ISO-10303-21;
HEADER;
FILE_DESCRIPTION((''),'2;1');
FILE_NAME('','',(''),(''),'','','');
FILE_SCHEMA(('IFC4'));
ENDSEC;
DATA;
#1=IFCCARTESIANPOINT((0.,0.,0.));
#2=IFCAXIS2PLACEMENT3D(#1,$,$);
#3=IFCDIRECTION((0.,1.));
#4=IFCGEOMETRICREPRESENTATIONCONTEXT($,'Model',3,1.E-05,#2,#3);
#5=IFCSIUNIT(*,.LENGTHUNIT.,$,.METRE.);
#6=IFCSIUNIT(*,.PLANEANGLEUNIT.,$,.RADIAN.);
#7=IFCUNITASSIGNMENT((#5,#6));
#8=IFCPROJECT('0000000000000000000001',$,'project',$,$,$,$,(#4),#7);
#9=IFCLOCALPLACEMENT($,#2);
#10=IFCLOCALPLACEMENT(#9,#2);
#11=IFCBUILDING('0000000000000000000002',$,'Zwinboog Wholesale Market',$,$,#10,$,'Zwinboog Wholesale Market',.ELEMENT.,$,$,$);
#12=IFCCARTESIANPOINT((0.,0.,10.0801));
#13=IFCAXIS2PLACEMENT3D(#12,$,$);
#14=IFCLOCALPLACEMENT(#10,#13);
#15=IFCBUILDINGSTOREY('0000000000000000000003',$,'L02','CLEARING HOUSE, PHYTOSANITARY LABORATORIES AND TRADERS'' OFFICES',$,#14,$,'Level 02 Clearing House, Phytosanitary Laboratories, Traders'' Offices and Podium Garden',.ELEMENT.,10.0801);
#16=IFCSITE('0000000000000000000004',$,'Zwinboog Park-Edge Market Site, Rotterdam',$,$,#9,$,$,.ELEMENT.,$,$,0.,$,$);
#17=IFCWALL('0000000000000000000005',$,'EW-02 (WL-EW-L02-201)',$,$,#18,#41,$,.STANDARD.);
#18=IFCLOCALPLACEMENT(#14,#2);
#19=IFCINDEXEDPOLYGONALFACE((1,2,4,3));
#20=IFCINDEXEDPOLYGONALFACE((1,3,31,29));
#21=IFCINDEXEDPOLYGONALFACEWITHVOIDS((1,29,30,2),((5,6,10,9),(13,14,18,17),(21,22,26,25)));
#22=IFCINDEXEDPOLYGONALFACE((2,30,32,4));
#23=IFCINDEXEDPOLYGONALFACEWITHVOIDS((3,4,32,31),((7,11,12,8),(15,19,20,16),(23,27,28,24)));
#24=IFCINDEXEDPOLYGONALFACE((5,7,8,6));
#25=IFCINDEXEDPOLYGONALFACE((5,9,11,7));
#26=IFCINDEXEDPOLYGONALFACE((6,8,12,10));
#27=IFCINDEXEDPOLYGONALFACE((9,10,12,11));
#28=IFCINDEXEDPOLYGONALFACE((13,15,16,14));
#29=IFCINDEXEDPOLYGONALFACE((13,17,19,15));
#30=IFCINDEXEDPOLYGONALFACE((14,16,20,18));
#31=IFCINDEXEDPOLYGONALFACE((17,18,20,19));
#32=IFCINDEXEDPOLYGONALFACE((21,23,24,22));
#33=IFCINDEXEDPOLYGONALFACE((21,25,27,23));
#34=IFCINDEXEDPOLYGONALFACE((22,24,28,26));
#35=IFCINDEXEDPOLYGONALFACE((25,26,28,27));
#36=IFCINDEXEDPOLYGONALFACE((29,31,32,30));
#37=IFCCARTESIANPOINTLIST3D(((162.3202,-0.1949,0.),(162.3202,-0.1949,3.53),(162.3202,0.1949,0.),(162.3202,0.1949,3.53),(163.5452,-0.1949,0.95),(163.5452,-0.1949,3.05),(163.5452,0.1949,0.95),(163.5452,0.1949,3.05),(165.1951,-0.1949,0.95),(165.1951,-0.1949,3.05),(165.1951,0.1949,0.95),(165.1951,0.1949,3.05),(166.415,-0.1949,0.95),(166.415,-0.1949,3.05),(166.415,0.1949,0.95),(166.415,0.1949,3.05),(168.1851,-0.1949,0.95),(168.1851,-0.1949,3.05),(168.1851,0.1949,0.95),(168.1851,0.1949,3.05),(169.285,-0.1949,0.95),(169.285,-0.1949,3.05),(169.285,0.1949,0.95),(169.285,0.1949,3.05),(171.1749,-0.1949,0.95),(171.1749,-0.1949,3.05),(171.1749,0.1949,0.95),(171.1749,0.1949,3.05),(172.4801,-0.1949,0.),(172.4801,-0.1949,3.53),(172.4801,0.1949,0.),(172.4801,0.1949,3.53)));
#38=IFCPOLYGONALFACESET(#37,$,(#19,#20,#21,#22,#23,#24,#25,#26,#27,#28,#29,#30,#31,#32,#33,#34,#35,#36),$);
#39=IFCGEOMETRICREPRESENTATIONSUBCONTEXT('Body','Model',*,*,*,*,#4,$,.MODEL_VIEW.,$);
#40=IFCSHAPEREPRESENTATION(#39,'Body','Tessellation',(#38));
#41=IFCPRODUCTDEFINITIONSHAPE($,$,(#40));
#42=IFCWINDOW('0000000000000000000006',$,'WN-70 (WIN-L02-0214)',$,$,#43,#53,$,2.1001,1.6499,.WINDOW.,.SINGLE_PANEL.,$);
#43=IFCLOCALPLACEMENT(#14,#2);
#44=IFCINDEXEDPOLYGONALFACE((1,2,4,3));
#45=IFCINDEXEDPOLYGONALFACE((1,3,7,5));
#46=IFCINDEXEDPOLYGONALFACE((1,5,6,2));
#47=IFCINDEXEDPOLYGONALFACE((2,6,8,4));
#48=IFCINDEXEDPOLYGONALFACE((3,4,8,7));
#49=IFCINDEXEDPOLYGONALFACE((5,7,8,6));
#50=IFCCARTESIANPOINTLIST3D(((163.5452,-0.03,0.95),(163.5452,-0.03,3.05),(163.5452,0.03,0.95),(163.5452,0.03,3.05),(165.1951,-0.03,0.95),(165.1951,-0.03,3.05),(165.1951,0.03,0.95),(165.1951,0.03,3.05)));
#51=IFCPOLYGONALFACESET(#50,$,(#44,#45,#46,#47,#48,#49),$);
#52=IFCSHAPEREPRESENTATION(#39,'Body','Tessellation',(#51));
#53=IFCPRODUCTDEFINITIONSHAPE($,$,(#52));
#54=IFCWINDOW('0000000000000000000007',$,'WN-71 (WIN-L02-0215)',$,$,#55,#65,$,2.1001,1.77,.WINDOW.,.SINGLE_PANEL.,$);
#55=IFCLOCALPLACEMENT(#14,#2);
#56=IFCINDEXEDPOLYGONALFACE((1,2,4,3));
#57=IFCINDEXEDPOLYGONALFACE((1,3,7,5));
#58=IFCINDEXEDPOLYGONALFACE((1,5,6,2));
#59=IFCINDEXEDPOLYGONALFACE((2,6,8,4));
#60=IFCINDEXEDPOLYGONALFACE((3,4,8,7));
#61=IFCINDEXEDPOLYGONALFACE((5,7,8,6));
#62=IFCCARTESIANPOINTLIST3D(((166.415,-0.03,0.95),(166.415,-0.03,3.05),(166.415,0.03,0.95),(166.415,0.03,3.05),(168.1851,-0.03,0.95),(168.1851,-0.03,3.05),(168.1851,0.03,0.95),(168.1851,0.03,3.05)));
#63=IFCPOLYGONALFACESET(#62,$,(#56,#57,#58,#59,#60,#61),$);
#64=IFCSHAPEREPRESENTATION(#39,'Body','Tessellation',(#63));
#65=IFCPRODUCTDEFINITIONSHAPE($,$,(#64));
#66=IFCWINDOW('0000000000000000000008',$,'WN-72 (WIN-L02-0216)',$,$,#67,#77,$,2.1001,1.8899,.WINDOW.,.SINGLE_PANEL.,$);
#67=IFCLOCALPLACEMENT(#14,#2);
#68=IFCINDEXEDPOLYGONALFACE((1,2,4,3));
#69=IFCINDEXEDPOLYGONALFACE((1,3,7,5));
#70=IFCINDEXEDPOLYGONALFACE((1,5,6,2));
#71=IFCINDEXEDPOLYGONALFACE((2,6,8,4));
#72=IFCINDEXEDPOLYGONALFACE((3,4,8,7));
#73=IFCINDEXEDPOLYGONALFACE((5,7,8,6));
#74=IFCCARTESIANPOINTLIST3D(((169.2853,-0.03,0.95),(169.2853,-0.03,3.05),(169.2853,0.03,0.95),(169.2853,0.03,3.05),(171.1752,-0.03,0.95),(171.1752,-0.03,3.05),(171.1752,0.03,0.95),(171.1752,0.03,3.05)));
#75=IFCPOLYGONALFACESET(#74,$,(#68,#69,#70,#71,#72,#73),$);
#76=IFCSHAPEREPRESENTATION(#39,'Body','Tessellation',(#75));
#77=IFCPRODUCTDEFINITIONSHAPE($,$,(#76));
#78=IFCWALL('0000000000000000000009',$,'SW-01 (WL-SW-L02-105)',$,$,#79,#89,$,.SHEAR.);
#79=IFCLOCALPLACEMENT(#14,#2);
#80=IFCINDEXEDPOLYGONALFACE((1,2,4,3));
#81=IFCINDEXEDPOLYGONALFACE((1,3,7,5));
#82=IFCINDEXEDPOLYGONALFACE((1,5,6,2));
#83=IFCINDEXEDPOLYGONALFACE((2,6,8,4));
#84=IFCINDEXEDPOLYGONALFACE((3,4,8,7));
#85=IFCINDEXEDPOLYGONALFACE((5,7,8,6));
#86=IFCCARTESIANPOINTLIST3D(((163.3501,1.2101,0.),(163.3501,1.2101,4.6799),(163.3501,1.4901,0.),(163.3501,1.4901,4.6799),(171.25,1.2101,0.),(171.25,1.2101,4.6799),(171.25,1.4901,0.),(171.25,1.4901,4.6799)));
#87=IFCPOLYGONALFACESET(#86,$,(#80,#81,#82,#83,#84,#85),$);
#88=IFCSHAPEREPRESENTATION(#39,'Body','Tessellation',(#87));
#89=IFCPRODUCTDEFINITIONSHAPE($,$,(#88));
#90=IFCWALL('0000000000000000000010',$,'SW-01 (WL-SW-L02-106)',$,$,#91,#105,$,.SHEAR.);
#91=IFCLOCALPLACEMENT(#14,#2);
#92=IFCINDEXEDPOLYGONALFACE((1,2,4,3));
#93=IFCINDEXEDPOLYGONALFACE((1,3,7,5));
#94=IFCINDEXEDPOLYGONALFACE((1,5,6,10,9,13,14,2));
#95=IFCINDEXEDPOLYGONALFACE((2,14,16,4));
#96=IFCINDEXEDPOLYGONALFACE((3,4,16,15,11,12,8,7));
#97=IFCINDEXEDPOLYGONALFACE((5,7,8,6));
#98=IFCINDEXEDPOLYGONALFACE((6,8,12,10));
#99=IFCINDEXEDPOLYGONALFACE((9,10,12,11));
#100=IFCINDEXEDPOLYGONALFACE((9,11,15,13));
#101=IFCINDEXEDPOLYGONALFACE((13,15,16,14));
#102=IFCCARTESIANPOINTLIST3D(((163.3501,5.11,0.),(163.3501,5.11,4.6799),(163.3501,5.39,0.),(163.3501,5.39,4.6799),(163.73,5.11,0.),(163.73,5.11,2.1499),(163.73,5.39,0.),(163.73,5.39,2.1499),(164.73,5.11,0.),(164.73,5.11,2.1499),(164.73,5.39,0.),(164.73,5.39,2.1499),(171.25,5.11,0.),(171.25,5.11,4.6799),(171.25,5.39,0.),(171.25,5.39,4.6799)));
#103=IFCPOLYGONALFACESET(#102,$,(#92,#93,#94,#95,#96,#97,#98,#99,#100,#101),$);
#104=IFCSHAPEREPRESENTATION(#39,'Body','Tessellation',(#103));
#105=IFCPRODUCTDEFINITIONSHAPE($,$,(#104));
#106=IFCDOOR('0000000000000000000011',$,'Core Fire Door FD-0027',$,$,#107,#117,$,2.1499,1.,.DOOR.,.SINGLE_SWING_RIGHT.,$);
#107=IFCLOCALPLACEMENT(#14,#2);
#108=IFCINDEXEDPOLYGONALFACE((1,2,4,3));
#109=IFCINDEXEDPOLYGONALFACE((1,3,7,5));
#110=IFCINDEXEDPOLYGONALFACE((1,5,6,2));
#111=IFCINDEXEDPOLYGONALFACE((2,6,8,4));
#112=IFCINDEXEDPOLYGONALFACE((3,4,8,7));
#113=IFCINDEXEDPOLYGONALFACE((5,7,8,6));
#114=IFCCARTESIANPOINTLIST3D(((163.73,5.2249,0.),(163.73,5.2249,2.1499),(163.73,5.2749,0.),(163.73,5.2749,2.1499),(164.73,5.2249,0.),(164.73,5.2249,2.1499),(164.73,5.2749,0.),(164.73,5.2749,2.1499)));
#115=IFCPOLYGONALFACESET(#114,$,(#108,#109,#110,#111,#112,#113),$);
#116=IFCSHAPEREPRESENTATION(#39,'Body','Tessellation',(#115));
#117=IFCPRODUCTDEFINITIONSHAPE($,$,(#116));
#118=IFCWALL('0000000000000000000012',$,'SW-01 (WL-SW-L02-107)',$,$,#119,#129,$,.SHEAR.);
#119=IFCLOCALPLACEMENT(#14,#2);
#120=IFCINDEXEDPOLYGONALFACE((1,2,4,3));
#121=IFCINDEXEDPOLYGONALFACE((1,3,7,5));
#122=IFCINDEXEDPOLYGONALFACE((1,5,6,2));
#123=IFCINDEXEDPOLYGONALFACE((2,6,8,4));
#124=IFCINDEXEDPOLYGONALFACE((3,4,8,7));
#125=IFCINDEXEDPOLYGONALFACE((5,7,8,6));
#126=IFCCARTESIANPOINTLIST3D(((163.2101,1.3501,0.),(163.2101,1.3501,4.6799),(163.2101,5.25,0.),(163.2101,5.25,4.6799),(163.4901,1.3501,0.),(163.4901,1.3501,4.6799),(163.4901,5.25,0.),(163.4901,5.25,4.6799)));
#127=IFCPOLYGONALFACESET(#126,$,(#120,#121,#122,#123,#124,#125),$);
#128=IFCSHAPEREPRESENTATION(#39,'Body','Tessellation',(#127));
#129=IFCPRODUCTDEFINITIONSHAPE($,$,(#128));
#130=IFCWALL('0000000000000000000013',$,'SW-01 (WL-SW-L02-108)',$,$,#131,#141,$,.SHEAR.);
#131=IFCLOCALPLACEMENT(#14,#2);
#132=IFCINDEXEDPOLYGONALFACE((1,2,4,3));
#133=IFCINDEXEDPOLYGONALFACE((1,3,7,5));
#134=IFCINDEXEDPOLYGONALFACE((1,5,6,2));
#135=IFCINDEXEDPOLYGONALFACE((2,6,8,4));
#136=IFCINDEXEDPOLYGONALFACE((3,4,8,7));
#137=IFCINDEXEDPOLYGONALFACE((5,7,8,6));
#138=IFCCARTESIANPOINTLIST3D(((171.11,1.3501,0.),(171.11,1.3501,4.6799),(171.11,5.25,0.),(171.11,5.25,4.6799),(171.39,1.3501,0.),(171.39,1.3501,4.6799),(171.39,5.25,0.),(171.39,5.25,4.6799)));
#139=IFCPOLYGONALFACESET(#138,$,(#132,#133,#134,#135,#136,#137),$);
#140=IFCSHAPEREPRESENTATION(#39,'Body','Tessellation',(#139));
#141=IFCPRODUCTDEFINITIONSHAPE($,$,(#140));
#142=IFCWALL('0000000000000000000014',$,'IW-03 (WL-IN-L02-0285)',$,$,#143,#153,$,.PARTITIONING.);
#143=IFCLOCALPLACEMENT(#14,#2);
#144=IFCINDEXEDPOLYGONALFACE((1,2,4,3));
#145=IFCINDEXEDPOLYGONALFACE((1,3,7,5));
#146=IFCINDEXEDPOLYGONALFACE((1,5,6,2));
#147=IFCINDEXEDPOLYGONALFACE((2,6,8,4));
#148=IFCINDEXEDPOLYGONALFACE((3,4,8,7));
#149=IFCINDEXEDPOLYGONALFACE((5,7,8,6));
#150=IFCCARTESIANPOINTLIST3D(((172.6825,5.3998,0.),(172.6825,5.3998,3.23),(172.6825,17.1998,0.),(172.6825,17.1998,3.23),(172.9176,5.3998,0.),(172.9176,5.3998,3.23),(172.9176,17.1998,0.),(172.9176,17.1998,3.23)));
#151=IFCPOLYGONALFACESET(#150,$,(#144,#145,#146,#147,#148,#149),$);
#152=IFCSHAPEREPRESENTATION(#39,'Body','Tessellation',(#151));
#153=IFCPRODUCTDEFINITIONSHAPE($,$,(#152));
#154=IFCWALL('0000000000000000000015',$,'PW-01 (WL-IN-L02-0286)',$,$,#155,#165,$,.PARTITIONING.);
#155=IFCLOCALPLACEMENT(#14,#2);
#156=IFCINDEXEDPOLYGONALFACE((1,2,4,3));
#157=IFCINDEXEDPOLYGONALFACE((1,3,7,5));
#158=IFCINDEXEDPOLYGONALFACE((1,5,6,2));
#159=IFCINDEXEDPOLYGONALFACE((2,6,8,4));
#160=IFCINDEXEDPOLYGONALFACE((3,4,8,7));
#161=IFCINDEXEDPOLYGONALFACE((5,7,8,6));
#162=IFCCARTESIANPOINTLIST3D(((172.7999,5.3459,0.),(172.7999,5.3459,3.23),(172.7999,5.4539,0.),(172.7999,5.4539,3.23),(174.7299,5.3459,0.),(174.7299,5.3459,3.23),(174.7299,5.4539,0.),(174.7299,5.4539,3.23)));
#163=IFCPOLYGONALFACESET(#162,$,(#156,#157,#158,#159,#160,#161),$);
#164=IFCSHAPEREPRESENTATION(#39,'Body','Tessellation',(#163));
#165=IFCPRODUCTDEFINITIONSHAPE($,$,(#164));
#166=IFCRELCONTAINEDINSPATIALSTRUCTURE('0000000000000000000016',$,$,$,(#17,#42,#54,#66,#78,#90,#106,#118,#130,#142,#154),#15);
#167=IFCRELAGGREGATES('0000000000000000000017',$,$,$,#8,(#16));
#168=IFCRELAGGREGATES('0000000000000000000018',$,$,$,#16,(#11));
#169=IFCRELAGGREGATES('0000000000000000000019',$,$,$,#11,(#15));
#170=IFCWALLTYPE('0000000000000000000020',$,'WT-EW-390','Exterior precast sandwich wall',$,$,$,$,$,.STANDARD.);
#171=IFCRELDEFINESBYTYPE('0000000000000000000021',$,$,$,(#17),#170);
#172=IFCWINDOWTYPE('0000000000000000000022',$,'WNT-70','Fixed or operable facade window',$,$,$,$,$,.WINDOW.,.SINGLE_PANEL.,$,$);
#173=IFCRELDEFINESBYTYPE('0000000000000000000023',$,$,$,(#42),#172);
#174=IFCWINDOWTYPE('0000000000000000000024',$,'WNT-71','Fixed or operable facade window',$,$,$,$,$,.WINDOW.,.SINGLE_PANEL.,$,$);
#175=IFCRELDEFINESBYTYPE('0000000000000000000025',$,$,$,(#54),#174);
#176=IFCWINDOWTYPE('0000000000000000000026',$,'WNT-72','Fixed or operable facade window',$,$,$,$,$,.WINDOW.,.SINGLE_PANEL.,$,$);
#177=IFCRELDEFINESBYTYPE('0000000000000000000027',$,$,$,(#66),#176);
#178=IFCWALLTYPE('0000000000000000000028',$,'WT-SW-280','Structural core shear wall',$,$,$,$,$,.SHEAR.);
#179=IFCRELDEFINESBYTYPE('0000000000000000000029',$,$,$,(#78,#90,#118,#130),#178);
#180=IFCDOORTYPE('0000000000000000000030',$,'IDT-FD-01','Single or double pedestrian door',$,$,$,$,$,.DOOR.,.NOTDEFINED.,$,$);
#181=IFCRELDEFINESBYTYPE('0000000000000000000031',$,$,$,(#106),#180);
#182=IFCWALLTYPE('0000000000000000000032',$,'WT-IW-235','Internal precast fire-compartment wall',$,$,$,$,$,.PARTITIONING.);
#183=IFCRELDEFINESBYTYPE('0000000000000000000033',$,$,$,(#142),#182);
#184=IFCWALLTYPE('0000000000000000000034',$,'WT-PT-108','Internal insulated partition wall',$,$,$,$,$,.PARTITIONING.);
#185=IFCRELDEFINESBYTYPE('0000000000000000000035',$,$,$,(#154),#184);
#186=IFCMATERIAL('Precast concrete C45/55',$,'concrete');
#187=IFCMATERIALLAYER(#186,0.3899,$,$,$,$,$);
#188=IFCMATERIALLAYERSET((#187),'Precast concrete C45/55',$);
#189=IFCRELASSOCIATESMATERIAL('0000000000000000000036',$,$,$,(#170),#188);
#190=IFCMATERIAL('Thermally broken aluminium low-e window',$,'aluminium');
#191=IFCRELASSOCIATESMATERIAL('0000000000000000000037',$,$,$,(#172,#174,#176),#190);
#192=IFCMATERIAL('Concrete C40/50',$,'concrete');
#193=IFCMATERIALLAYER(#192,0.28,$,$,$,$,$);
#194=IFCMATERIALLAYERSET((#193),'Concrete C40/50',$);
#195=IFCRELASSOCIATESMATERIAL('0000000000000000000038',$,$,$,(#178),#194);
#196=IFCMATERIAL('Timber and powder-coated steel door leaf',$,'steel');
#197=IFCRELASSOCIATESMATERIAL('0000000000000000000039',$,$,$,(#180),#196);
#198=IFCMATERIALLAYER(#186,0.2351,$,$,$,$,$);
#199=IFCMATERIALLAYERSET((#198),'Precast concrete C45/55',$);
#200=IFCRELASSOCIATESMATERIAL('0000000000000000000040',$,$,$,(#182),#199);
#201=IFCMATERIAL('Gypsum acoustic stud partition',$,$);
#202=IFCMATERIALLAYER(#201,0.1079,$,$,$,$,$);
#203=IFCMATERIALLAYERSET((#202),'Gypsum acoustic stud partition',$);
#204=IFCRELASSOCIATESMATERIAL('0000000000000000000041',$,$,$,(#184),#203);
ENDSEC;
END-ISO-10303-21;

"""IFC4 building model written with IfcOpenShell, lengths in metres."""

from ifc_helpers import new_model, si_unit, direction, frame, frame_2d, origin, place, context, subcontext, project, spatial, rectangle, extrude, material, layer, layer_set, type_object, element, fill, save


model = new_model("IFC4")

# Units and contexts
model_context = context("Model", 3, precision=1e-05, world=origin(), true_north=direction((0.0, 1.0)))
body_context = subcontext(model_context, "Body", "Model", "MODEL_VIEW")
ifc_project = project(units=[si_unit("LENGTHUNIT", "METRE"), si_unit("PLANEANGLEUNIT", "RADIAN")], contexts=[model_context])

# Site, building, storey
site_placement = place(None, origin())
site = spatial("IfcSite", under=ifc_project, at=site_placement, Name="Zwinboog Park-Edge Market Site, Rotterdam", CompositionType="ELEMENT", RefElevation=0.0)
building_placement = place(site_placement, origin())
building = spatial("IfcBuilding", under=site, at=building_placement, Name="Zwinboog Wholesale Market", LongName="Zwinboog Wholesale Market", CompositionType="ELEMENT")
storey_placement = place(building_placement, frame((0.0, 0.0, 10.0801)))
storey = spatial("IfcBuildingStorey", under=building, at=storey_placement, Name="L02", Description="CLEARING HOUSE, PHYTOSANITARY LABORATORIES AND TRADERS' OFFICES", LongName="Level 02 Clearing House, Phytosanitary Laboratories, Traders' Offices and Podium Garden", CompositionType="ELEMENT", Elevation=10.0801)

# Shared definitions
ifc_material_1 = material(Name="Precast concrete C45/55", Category="concrete")

# Wall, openings, windows
ifc_layer_1 = layer(ifc_material_1, 0.3899)
ifc_layer_set_1 = layer_set([ifc_layer_1], Name="Precast concrete C45/55")
wall_type_1 = type_object("IfcWallType", Name="WT-EW-390", Description="Exterior precast sandwich wall", PredefinedType="STANDARD", material=ifc_layer_set_1)
wall_1_placement = place(storey_placement, frame((162.3201, 0.0, 0.0), z_axis=(0.0, 0.0, 1.0), x_axis=(1.0, 0.0, 0.0)))
wall_1 = element("IfcWall", 1, at=wall_1_placement, inside=storey, type_object=wall_type_1, Name="EW-02 (WL-EW-L02-201)", PredefinedType="STANDARD", context=body_context, shape_type="SweptSolid", body=[
    extrude(rectangle(XDim=10.1599, YDim=0.3899, at=frame_2d((5.0801, 0.0))), origin(), (0.0, 0.0, 1.0), 3.53),
])
opening_1_placement = place(wall_1_placement, frame((1.2251, 0.0, 0.95)))
opening_1 = element("IfcOpeningElement", 2, at=opening_1_placement, cuts=wall_1, PredefinedType="OPENING", context=body_context, shape_type="SweptSolid", body=[
    extrude(rectangle(XDim=1.6499, YDim=2.1001, at=frame_2d((0.825, 1.05))), frame((0.0, 0.2048, 0.0), z_axis=(0.0, -1.0, 0.0), x_axis=(1.0, 0.0, 0.0)), (0.0, 0.0, 1.0), 0.4099),
])
opening_2_placement = place(wall_1_placement, frame((4.095, 0.0, 0.95)))
opening_2 = element("IfcOpeningElement", 3, at=opening_2_placement, cuts=wall_1, PredefinedType="OPENING", context=body_context, shape_type="SweptSolid", body=[
    extrude(rectangle(XDim=1.77, YDim=2.1001, at=frame_2d((0.885, 1.05))), frame((0.0, 0.2048, 0.0), z_axis=(0.0, -1.0, 0.0), x_axis=(1.0, 0.0, 0.0)), (0.0, 0.0, 1.0), 0.4099),
])
opening_3_placement = place(wall_1_placement, frame((6.9651, 0.0, 0.95)))
opening_3 = element("IfcOpeningElement", 4, at=opening_3_placement, cuts=wall_1, PredefinedType="OPENING", context=body_context, shape_type="SweptSolid", body=[
    extrude(rectangle(XDim=1.8899, YDim=2.1001, at=frame_2d((0.9448, 1.05))), frame((0.0, 0.2048, 0.0), z_axis=(0.0, -1.0, 0.0), x_axis=(1.0, 0.0, 0.0)), (0.0, 0.0, 1.0), 0.4099),
])
ifc_material_2 = material(Name="Thermally broken aluminium low-e window", Category="aluminium")
window_type_1 = type_object("IfcWindowType", Name="WNT-70", Description="Fixed or operable facade window", PartitioningType="SINGLE_PANEL", PredefinedType="WINDOW", material=ifc_material_2)
window_1_placement = place(opening_1_placement, frame((1.6499, 0.0, 0.0), z_axis=(0.0, 0.0, 1.0), x_axis=(-1.0, 0.0, 0.0)))
window_1 = element("IfcWindow", 5, at=window_1_placement, inside=storey, type_object=window_type_1, Name="WN-70 (WIN-L02-0214)", OverallHeight=2.1001, OverallWidth=1.6499, PartitioningType="SINGLE_PANEL", PredefinedType="WINDOW", context=body_context, shape_type="SweptSolid", body=[
    extrude(rectangle(XDim=1.6499, YDim=2.1001, at=frame_2d((0.825, 1.05))), frame((0.0, 0.03, 0.0), z_axis=(0.0, -1.0, 0.0), x_axis=(1.0, 0.0, 0.0)), (0.0, 0.0, 1.0), 0.0601),
])
fill(opening_1, window_1)
window_type_2 = type_object("IfcWindowType", Name="WNT-71", Description="Fixed or operable facade window", PartitioningType="SINGLE_PANEL", PredefinedType="WINDOW", material=ifc_material_2)
window_2_placement = place(opening_2_placement, frame((1.77, 0.0, 0.0), z_axis=(0.0, 0.0, 1.0), x_axis=(-1.0, 0.0, 0.0)))
window_2 = element("IfcWindow", 6, at=window_2_placement, inside=storey, type_object=window_type_2, Name="WN-71 (WIN-L02-0215)", OverallHeight=2.1001, OverallWidth=1.77, PartitioningType="SINGLE_PANEL", PredefinedType="WINDOW", context=body_context, shape_type="SweptSolid", body=[
    extrude(rectangle(XDim=1.77, YDim=2.1001, at=frame_2d((0.885, 1.05))), frame((0.0, 0.03, 0.0), z_axis=(0.0, -1.0, 0.0), x_axis=(1.0, 0.0, 0.0)), (0.0, 0.0, 1.0), 0.0601),
])
fill(opening_2, window_2)
window_type_3 = type_object("IfcWindowType", Name="WNT-72", Description="Fixed or operable facade window", PartitioningType="SINGLE_PANEL", PredefinedType="WINDOW", material=ifc_material_2)
window_3_placement = place(opening_3_placement, frame((1.8899, 0.0, 0.0), z_axis=(0.0, 0.0, 1.0), x_axis=(-1.0, 0.0, 0.0)))
window_3 = element("IfcWindow", 7, at=window_3_placement, inside=storey, type_object=window_type_3, Name="WN-72 (WIN-L02-0216)", OverallHeight=2.1001, OverallWidth=1.8899, PartitioningType="SINGLE_PANEL", PredefinedType="WINDOW", context=body_context, shape_type="SweptSolid", body=[
    extrude(rectangle(XDim=1.8899, YDim=2.1001, at=frame_2d((0.9448, 1.05))), frame((0.0, 0.03, 0.0), z_axis=(0.0, -1.0, 0.0), x_axis=(1.0, 0.0, 0.0)), (0.0, 0.0, 1.0), 0.0601),
])
fill(opening_3, window_3)

# Wall
ifc_material_3 = material(Name="Concrete C40/50", Category="concrete")
ifc_layer_2 = layer(ifc_material_3, 0.28)
ifc_layer_set_2 = layer_set([ifc_layer_2], Name="Concrete C40/50")
wall_type_2 = type_object("IfcWallType", Name="WT-SW-280", Description="Structural core shear wall", PredefinedType="SHEAR", material=ifc_layer_set_2)
wall_2_placement = place(storey_placement, frame((163.3501, 1.3501, 0.0), z_axis=(0.0, 0.0, 1.0), x_axis=(1.0, 0.0, 0.0)))
element("IfcWall", 8, at=wall_2_placement, inside=storey, type_object=wall_type_2, Name="SW-01 (WL-SW-L02-105)", PredefinedType="SHEAR", context=body_context, shape_type="SweptSolid", body=[
    extrude(rectangle(XDim=7.8999, YDim=0.28, at=frame_2d((3.95, 0.0))), origin(), (0.0, 0.0, 1.0), 4.6799),
])

# Wall, opening, door
wall_3_placement = place(storey_placement, frame((163.3501, 5.25, 0.0), z_axis=(0.0, 0.0, 1.0), x_axis=(1.0, 0.0, 0.0)))
wall_3 = element("IfcWall", 9, at=wall_3_placement, inside=storey, type_object=wall_type_2, Name="SW-01 (WL-SW-L02-106)", PredefinedType="SHEAR", context=body_context, shape_type="SweptSolid", body=[
    extrude(rectangle(XDim=7.8999, YDim=0.28, at=frame_2d((3.95, 0.0))), origin(), (0.0, 0.0, 1.0), 4.6799),
])
opening_4_placement = place(wall_3_placement, frame((0.3799, 0.0, 0.0)))
opening_4 = element("IfcOpeningElement", 10, at=opening_4_placement, cuts=wall_3, PredefinedType="OPENING", context=body_context, shape_type="SweptSolid", body=[
    extrude(rectangle(XDim=1.0, YDim=2.1499, at=frame_2d((0.5, 1.075))), frame((0.0, 0.1499, 0.0), z_axis=(0.0, -1.0, 0.0), x_axis=(1.0, 0.0, 0.0)), (0.0, 0.0, 1.0), 0.3),
])
ifc_material_4 = material(Name="Timber and powder-coated steel door leaf", Category="steel")
door_type = type_object("IfcDoorType", Name="IDT-FD-01", Description="Single or double pedestrian door", OperationType="NOTDEFINED", PredefinedType="DOOR", material=ifc_material_4)
door_1_placement = place(opening_4_placement, origin())
door_1 = element("IfcDoor", 11, at=door_1_placement, inside=storey, type_object=door_type, Name="Core Fire Door FD-0027", OperationType="SINGLE_SWING_RIGHT", OverallHeight=2.1499, OverallWidth=1.0, PredefinedType="DOOR", context=body_context, shape_type="SweptSolid", body=[
    extrude(rectangle(XDim=1.0, YDim=2.1499, at=frame_2d((0.5, 1.075))), frame((0.0, 0.0249, 0.0), z_axis=(0.0, -1.0, 0.0), x_axis=(1.0, 0.0, 0.0)), (0.0, 0.0, 1.0), 0.05),
])
fill(opening_4, door_1)

# Walls
for number, where, z_axis, x_axis, name in (
    (12, (163.3501, 1.3501, 0.0), (0.0, 0.0, 1.0), (0.0, 1.0, 0.0), "SW-01 (WL-SW-L02-107)"),
    (13, (171.25, 1.3501, 0.0), (0.0, 0.0, 1.0), (0.0, 1.0, 0.0), "SW-01 (WL-SW-L02-108)"),
):
    element("IfcWall", number, at=place(storey_placement, frame(where, z_axis=z_axis, x_axis=x_axis)), inside=storey, type_object=wall_type_2, Name=name, PredefinedType="SHEAR", context=body_context, shape_type="SweptSolid", body=[
        extrude(rectangle(XDim=3.8999, YDim=0.28, at=frame_2d((1.95, 0.0))), origin(), (0.0, 0.0, 1.0), 4.6799),
    ])
ifc_layer_3 = layer(ifc_material_1, 0.2351)
ifc_layer_set_3 = layer_set([ifc_layer_3], Name="Precast concrete C45/55")
wall_type_3 = type_object("IfcWallType", Name="WT-IW-235", Description="Internal precast fire-compartment wall", PredefinedType="PARTITIONING", material=ifc_layer_set_3)
wall_4_placement = place(storey_placement, frame((172.8, 5.3999, 0.0), z_axis=(0.0, 0.0, 1.0), x_axis=(0.0, 1.0, 0.0)))
element("IfcWall", 14, at=wall_4_placement, inside=storey, type_object=wall_type_3, Name="IW-03 (WL-IN-L02-0285)", PredefinedType="PARTITIONING", context=body_context, shape_type="SweptSolid", body=[
    extrude(rectangle(XDim=11.8, YDim=0.2351, at=frame_2d((5.8999, 0.0))), origin(), (0.0, 0.0, 1.0), 3.23),
])
ifc_material_5 = material(Name="Gypsum acoustic stud partition")
ifc_layer_4 = layer(ifc_material_5, 0.1079)
ifc_layer_set_4 = layer_set([ifc_layer_4], Name="Gypsum acoustic stud partition")
wall_type_4 = type_object("IfcWallType", Name="WT-PT-108", Description="Internal insulated partition wall", PredefinedType="PARTITIONING", material=ifc_layer_set_4)
wall_5_placement = place(storey_placement, frame((172.8, 5.3999, 0.0), z_axis=(0.0, 0.0, 1.0), x_axis=(1.0, 0.0, 0.0)))
element("IfcWall", 15, at=wall_5_placement, inside=storey, type_object=wall_type_4, Name="PW-01 (WL-IN-L02-0286)", PredefinedType="PARTITIONING", context=body_context, shape_type="SweptSolid", body=[
    extrude(rectangle(XDim=1.9299, YDim=0.1079, at=frame_2d((0.9648, 0.0))), origin(), (0.0, 0.0, 1.0), 3.23),
])

save(model, "model.ifc")
